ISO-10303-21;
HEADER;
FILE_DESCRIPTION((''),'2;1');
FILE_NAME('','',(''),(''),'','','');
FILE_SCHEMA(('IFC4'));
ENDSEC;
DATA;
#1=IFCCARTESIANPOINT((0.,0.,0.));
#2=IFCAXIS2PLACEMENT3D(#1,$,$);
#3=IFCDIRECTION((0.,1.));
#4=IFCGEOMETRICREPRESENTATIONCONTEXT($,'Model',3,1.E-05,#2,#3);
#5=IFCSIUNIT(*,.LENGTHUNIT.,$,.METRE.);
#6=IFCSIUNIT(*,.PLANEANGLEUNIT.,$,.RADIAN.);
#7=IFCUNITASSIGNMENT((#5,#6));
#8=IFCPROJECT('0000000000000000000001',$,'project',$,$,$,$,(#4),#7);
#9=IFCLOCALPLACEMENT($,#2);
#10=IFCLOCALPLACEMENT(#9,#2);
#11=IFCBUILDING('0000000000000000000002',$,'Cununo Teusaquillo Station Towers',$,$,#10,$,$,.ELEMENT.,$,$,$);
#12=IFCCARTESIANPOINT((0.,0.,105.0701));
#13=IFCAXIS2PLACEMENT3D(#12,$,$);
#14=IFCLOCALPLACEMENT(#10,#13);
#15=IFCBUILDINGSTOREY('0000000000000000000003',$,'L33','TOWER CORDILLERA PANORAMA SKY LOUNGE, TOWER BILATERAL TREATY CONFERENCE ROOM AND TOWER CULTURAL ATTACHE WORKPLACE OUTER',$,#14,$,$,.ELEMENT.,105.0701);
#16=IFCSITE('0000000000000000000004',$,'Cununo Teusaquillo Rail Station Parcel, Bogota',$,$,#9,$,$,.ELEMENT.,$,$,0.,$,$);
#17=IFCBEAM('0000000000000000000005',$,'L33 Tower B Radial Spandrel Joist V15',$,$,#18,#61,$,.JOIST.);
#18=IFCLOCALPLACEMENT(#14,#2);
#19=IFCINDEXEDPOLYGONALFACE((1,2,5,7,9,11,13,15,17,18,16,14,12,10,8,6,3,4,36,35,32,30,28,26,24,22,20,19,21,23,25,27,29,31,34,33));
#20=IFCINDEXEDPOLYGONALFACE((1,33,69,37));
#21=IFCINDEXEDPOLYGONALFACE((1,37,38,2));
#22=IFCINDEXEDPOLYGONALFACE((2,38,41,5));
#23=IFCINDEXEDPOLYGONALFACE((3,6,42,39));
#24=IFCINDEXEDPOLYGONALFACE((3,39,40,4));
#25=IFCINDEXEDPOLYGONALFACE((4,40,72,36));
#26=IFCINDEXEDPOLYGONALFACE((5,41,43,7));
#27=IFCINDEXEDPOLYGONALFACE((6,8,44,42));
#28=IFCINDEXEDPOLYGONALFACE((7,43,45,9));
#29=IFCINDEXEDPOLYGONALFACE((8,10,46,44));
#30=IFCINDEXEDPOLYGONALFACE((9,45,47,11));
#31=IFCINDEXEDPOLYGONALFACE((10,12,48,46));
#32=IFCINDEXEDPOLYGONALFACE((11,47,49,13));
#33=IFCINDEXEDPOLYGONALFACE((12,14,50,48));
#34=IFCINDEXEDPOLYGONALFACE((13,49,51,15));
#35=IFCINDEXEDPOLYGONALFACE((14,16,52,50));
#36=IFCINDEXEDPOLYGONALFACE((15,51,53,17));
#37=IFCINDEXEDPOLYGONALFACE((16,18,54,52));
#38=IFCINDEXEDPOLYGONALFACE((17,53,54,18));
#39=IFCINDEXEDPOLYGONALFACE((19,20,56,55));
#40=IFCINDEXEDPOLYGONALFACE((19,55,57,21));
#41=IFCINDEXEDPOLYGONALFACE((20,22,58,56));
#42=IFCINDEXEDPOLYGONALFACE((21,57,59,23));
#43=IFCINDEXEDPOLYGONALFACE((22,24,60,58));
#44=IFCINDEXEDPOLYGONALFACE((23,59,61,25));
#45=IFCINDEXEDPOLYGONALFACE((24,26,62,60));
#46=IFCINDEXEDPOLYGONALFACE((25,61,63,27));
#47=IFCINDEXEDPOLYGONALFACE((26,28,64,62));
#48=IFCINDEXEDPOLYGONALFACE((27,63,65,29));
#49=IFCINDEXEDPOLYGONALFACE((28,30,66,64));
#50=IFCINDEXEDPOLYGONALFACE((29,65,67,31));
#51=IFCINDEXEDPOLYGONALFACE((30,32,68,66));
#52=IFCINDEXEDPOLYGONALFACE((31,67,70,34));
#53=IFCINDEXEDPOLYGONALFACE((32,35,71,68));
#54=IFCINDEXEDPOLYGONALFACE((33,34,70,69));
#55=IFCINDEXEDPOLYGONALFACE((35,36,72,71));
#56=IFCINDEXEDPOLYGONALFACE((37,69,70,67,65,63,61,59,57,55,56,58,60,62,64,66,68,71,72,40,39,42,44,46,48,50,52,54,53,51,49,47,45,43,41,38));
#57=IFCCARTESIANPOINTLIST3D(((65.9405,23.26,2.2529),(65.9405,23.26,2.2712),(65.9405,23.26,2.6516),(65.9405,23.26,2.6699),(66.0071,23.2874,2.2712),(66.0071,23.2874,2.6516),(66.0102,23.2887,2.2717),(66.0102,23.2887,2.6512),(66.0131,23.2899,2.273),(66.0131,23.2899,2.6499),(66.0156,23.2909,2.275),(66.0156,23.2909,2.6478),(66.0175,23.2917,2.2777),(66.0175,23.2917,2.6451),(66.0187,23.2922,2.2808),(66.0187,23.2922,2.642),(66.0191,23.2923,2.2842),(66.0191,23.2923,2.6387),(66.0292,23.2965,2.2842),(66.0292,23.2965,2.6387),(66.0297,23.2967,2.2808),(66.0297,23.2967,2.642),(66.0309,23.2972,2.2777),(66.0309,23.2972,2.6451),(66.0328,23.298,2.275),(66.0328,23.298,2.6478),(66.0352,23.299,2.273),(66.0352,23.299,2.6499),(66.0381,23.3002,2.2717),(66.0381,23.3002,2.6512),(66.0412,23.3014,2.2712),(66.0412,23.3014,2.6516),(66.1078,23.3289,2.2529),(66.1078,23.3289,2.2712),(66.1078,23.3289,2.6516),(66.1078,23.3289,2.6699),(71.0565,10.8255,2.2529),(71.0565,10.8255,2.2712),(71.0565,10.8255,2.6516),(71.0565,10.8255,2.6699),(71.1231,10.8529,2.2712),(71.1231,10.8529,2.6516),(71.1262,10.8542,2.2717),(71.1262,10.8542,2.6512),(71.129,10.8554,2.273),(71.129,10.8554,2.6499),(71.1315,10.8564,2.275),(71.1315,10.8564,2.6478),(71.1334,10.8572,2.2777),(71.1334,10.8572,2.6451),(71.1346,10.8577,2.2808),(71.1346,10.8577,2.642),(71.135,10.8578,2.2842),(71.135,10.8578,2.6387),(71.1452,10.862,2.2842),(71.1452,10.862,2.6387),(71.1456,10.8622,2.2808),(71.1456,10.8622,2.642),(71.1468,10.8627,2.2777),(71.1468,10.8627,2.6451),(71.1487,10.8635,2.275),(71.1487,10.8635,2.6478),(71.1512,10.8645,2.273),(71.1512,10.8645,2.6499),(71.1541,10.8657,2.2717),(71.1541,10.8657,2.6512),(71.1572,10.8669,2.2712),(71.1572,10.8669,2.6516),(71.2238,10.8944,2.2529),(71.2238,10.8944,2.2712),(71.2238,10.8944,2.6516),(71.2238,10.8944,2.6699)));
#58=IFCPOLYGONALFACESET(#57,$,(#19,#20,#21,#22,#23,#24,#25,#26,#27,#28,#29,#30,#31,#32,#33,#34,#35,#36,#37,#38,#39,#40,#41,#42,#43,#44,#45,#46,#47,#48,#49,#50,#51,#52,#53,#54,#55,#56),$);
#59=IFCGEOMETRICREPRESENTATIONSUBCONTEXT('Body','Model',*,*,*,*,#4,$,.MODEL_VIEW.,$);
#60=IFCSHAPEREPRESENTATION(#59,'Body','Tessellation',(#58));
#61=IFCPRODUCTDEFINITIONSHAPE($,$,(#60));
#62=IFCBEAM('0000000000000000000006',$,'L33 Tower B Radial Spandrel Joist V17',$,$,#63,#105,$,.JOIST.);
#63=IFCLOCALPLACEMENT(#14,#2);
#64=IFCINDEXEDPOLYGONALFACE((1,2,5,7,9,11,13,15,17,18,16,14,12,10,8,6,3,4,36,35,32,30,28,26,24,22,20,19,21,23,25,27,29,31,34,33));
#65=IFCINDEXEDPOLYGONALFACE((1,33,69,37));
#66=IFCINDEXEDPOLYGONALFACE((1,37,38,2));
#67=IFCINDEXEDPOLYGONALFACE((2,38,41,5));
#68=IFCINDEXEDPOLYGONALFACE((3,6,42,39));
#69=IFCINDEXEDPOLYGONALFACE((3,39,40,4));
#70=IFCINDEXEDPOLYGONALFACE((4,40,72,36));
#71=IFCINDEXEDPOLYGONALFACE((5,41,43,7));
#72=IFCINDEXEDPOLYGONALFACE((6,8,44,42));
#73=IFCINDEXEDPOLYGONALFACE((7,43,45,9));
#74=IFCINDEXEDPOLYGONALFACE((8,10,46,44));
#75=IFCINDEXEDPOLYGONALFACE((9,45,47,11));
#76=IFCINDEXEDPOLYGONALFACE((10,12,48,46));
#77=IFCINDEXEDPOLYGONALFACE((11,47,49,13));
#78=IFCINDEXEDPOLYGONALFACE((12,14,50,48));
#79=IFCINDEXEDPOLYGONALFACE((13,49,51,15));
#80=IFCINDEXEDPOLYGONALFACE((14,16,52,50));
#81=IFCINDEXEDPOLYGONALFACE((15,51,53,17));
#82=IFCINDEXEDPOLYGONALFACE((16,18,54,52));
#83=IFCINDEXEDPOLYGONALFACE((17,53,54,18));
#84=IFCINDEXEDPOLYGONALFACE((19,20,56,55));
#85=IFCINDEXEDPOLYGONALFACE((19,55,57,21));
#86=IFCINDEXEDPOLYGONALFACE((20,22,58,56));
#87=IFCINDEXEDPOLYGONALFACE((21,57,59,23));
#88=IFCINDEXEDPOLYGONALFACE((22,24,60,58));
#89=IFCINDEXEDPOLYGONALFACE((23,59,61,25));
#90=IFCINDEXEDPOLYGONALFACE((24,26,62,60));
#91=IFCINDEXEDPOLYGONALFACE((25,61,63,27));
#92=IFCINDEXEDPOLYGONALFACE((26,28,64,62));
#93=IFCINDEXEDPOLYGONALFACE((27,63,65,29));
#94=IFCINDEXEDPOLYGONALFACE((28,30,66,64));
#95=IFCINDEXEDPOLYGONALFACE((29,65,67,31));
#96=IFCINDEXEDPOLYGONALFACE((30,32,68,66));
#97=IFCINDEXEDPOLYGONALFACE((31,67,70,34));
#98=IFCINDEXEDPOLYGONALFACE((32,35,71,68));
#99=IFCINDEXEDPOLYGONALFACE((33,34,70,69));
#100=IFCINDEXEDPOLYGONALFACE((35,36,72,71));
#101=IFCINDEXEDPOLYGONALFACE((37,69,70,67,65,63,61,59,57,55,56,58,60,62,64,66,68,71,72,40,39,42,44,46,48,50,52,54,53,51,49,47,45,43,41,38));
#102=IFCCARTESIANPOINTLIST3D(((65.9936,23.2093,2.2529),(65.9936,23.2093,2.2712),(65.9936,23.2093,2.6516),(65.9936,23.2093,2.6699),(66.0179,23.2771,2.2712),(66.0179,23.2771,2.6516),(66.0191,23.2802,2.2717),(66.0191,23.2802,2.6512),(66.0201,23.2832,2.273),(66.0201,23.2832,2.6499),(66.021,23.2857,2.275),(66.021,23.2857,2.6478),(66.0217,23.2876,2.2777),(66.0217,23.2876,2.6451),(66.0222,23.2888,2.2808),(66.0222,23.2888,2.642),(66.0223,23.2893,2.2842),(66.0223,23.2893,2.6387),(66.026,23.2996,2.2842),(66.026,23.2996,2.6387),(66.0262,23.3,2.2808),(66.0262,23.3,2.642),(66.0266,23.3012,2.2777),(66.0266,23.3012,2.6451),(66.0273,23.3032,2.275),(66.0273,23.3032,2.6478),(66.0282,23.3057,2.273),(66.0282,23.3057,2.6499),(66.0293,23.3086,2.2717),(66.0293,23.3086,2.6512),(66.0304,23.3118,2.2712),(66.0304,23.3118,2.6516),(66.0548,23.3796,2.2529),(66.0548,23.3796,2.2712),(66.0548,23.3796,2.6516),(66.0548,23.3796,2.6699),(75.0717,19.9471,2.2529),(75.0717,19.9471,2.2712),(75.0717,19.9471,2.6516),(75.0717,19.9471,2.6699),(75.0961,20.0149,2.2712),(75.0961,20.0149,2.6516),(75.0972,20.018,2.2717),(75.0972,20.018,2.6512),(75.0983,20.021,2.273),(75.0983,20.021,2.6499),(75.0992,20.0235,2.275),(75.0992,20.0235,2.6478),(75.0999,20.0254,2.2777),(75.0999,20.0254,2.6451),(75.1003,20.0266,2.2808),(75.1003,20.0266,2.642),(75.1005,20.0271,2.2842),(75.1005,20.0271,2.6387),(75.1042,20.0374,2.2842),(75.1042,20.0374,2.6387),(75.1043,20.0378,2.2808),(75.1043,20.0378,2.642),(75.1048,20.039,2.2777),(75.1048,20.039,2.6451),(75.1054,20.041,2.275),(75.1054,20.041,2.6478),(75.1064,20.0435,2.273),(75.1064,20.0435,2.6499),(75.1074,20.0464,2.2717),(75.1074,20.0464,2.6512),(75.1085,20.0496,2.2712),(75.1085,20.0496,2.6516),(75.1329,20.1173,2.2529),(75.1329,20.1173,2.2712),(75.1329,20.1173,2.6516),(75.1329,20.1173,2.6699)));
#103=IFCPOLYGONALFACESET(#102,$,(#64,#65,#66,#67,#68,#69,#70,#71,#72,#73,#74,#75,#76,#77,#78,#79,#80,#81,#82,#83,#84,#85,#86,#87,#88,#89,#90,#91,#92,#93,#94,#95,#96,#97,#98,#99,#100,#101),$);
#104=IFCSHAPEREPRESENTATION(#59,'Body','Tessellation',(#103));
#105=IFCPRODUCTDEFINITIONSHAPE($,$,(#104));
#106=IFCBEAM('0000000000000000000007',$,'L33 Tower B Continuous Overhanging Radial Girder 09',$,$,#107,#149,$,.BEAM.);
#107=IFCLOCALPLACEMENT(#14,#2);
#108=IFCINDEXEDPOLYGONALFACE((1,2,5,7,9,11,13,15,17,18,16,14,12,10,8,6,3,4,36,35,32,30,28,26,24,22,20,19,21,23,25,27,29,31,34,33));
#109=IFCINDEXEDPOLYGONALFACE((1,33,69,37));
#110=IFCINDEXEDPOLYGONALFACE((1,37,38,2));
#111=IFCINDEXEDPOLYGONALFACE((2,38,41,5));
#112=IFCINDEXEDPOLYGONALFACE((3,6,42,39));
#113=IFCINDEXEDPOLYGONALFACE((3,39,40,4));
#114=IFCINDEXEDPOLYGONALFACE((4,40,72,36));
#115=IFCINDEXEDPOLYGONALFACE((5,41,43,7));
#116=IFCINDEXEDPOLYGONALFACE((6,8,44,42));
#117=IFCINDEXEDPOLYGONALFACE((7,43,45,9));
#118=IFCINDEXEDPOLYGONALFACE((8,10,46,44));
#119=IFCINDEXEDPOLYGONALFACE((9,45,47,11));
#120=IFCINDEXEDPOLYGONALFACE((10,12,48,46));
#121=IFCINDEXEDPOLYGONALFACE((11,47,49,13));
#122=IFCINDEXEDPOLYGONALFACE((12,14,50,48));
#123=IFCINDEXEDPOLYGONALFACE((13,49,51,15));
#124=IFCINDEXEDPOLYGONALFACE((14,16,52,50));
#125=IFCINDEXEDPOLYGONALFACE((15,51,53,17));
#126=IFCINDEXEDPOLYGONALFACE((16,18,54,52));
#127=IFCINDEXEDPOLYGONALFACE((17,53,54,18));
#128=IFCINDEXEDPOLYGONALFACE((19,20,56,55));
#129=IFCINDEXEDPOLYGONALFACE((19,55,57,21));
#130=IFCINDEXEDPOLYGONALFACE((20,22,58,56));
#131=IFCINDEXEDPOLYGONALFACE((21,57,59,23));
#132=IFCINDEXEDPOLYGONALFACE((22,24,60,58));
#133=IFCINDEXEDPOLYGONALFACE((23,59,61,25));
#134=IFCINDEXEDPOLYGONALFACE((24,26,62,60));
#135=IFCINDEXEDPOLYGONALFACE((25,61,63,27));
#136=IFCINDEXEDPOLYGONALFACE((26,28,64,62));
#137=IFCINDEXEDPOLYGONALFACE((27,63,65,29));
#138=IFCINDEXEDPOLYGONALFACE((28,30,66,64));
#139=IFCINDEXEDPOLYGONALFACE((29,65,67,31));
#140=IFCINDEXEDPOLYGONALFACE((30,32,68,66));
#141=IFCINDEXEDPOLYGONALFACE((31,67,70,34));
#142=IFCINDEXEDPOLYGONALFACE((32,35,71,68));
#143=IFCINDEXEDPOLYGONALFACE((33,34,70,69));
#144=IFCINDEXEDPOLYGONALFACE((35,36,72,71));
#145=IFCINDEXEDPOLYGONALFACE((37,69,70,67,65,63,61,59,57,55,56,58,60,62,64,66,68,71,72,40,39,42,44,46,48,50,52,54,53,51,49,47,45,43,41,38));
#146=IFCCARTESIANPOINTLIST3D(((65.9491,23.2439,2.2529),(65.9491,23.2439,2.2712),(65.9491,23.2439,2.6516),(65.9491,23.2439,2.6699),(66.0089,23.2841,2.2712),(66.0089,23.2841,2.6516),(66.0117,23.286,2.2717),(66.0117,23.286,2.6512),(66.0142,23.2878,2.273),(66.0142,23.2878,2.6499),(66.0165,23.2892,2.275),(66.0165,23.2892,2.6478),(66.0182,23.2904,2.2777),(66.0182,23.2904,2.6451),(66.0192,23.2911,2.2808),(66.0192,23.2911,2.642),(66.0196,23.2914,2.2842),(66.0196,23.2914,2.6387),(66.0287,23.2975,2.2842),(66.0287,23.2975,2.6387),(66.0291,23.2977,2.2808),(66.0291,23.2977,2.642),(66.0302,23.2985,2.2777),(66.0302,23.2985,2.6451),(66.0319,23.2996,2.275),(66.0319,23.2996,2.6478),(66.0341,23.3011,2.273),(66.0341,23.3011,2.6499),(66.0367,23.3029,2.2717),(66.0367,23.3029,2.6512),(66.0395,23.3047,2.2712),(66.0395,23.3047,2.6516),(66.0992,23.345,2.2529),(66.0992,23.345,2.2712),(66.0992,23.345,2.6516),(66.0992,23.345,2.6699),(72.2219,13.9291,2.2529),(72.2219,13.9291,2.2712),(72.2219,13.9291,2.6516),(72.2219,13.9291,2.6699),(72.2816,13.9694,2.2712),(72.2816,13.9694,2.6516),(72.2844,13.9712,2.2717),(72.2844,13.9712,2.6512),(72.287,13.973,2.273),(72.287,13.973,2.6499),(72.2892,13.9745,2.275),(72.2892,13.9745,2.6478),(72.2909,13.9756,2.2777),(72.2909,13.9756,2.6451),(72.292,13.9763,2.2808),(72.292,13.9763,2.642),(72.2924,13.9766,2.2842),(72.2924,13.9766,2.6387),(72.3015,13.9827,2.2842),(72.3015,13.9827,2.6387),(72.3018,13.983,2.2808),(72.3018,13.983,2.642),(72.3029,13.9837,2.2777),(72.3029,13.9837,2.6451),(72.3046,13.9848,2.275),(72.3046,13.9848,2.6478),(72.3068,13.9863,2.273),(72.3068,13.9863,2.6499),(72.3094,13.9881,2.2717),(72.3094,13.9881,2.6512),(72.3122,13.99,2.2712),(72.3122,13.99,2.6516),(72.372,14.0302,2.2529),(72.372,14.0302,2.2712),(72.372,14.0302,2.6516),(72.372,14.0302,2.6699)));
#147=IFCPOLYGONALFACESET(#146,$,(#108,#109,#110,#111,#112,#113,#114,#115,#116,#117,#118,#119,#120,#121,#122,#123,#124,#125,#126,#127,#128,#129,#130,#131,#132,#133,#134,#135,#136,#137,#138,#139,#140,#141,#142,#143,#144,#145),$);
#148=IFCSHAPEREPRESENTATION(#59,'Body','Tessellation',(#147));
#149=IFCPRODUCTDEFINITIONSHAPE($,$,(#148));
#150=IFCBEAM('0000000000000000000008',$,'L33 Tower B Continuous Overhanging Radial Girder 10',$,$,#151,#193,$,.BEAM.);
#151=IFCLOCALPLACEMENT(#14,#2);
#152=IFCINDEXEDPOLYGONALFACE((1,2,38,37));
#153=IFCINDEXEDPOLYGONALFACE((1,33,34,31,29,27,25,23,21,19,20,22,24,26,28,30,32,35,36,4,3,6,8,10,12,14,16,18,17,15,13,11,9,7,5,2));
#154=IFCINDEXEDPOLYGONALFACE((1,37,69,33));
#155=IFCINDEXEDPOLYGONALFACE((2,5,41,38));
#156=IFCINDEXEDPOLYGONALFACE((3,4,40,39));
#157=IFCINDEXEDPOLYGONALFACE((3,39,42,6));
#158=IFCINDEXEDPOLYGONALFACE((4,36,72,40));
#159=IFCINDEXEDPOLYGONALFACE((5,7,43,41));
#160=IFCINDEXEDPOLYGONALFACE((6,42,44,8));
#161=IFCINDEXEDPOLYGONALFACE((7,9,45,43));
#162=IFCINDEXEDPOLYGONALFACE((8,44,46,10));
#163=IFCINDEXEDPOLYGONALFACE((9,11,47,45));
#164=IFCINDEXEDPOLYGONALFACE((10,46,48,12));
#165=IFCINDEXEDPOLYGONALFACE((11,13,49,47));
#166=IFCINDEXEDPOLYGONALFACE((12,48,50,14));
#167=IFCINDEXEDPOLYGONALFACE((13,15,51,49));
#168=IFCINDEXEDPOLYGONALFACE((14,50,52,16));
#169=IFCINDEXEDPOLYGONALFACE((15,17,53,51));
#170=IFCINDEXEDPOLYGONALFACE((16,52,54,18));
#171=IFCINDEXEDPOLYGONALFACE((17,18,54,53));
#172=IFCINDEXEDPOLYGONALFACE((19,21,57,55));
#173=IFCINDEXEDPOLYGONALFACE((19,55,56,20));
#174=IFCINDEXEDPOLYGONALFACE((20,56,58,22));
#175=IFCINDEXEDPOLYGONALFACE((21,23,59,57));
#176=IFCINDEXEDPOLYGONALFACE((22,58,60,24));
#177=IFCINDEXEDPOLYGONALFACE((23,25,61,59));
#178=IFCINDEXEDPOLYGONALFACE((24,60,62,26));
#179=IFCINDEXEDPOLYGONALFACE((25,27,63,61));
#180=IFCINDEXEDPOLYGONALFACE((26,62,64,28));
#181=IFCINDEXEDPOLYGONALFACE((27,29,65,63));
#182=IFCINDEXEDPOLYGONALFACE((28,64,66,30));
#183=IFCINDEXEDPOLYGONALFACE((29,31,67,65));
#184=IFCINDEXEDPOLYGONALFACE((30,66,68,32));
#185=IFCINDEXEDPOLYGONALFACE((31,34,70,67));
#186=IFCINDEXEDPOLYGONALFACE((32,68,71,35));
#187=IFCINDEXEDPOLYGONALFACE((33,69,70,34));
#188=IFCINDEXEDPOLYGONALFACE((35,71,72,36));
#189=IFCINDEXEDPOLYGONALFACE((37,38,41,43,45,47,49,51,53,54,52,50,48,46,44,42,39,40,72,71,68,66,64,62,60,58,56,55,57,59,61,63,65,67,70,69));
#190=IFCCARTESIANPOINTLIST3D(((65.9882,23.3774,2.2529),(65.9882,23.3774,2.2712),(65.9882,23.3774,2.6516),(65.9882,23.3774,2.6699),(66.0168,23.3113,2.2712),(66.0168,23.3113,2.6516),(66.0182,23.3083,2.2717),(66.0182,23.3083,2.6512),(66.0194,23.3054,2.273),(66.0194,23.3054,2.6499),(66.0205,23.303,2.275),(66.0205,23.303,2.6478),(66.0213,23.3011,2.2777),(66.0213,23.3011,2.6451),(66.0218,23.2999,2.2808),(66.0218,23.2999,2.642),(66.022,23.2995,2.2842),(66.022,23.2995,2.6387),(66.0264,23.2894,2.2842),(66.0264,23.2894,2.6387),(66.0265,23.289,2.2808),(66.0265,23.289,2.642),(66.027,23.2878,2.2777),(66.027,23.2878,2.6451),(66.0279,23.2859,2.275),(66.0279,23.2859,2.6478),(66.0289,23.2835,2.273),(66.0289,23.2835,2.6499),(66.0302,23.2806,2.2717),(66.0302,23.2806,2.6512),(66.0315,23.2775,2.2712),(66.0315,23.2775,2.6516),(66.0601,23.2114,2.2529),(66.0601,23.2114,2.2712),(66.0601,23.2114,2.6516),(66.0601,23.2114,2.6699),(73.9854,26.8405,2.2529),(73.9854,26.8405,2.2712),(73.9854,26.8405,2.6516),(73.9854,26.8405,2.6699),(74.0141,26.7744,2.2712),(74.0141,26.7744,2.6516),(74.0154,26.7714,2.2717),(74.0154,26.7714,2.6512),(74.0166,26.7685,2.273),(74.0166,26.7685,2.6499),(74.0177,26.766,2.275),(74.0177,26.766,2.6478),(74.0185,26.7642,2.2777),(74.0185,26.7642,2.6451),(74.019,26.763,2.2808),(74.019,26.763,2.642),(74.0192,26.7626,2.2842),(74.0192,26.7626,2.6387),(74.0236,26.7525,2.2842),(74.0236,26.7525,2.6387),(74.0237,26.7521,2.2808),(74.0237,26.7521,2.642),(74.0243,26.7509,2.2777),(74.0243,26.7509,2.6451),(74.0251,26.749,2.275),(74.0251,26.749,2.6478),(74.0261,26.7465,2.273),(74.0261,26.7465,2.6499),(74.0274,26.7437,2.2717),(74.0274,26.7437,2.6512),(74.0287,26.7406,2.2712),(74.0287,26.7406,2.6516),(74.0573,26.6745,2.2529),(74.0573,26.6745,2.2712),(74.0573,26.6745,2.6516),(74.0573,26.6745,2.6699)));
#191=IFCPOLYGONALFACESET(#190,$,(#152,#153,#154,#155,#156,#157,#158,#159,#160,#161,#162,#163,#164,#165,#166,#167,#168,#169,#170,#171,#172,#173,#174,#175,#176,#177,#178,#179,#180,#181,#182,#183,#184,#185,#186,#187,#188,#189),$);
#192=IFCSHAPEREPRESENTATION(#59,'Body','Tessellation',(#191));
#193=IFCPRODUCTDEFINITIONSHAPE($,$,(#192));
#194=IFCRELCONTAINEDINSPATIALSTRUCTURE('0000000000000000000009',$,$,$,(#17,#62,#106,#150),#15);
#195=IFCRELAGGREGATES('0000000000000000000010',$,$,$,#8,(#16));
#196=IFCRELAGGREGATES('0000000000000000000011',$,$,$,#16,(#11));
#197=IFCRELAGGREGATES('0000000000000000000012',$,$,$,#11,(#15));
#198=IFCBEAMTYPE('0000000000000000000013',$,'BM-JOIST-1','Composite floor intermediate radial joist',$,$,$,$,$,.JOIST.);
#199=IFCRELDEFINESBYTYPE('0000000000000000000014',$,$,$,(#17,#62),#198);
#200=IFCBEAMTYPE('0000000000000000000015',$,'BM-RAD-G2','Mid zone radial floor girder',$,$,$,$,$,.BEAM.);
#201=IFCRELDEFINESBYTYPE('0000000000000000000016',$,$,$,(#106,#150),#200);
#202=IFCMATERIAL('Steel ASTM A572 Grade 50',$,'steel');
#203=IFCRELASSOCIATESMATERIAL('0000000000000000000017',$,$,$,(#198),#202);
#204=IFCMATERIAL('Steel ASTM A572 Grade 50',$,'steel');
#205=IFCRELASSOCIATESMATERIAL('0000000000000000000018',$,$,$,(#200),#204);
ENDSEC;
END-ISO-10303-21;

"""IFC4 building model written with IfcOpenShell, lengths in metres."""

from ifc_helpers import new_model, si_unit, direction, frame, origin, origin_2d, place, context, subcontext, project, spatial, i_section, extrude, material, material_profile, profile_set, type_object, element, save


model = new_model("IFC4")

# Units and contexts
model_context = context("Model", 3, precision=1e-05, world=origin(), true_north=direction((0.0, 1.0)))
body_context = subcontext(model_context, "Body", "Model", "MODEL_VIEW")
ifc_project = project(units=[si_unit("LENGTHUNIT", "METRE"), si_unit("PLANEANGLEUNIT", "RADIAN")], contexts=[model_context])

# Site, building, storey
site_placement = place(None, origin())
site = spatial("IfcSite", under=ifc_project, at=site_placement, Name="Cununo Teusaquillo Rail Station Parcel, Bogota", CompositionType="ELEMENT", RefElevation=0.0)
building_placement = place(site_placement, origin())
building = spatial("IfcBuilding", under=site, at=building_placement, Name="Cununo Teusaquillo Station Towers", CompositionType="ELEMENT")
storey_placement = place(building_placement, frame((0.0, 0.0, 105.0701)))
storey = spatial("IfcBuildingStorey", under=building, at=storey_placement, Name="L33", Description="TOWER CORDILLERA PANORAMA SKY LOUNGE, TOWER BILATERAL TREATY CONFERENCE ROOM AND TOWER CULTURAL ATTACHE WORKPLACE OUTER", CompositionType="ELEMENT", Elevation=105.0701)

# Beams
ifc_material_1 = material(Name="Steel ASTM A572 Grade 50", Category="steel")
ifc_material_profile_1 = material_profile(ifc_material_1, i_section(OverallWidth=0.1809, OverallDepth=0.417, WebThickness=0.011, FlangeThickness=0.0183, FilletRadius=0.0129, at=origin_2d()), Name="W16X57")
ifc_profile_set_1 = profile_set([ifc_material_profile_1], Name="Steel ASTM A572 Grade 50")
beam_type_1 = type_object("IfcBeamType", Name="BM-JOIST-1", Description="Composite floor intermediate radial joist", PredefinedType="JOIST", material=ifc_profile_set_1)
beam_1_placement = place(storey_placement, frame((66.0242, 23.2944, 2.4614), z_axis=(0.380486, -0.924787, 0.0), x_axis=(0.924787, 0.380486, 0.0)))
element("IfcBeam", 1, at=beam_1_placement, inside=storey, type_object=beam_type_1, Name="L33 Tower B Radial Spandrel Joist V15", PredefinedType="JOIST", context=body_context, shape_type="SweptSolid", body=[
    extrude(i_section(OverallWidth=0.1809, OverallDepth=0.417, WebThickness=0.011, FlangeThickness=0.0183, FilletRadius=0.0129, at=origin_2d()), origin(), (0.0, 0.0, 1.0), 13.4458),
])
beam_2_placement = place(storey_placement, frame((66.0242, 23.2944, 2.4614), z_axis=(0.941083, -0.338176, 0.0), x_axis=(0.338176, 0.941083, 0.0)))
element("IfcBeam", 2, at=beam_2_placement, inside=storey, type_object=beam_type_1, Name="L33 Tower B Radial Spandrel Joist V17", PredefinedType="JOIST", context=body_context, shape_type="SweptSolid", body=[
    extrude(i_section(OverallWidth=0.1809, OverallDepth=0.417, WebThickness=0.011, FlangeThickness=0.0183, FilletRadius=0.0129, at=origin_2d()), origin(), (0.0, 0.0, 1.0), 9.6465),
])
ifc_material_2 = material(Name="Steel ASTM A572 Grade 50", Category="steel")
ifc_material_profile_2 = material_profile(ifc_material_2, i_section(OverallWidth=0.1809, OverallDepth=0.417, WebThickness=0.011, FlangeThickness=0.0183, FilletRadius=0.0129, at=origin_2d()), Name="W16X57")
ifc_profile_set_2 = profile_set([ifc_material_profile_2], Name="Steel ASTM A572 Grade 50")
beam_type_2 = type_object("IfcBeamType", Name="BM-RAD-G2", Description="Mid zone radial floor girder", PredefinedType="BEAM", material=ifc_profile_set_2)
beam_3_placement = place(storey_placement, frame((66.0242, 23.2944, 2.4614), z_axis=(0.558572, -0.829456, 0.0), x_axis=(0.829456, 0.558572, 0.0)))
element("IfcBeam", 3, at=beam_3_placement, inside=storey, type_object=beam_type_2, Name="L33 Tower B Continuous Overhanging Radial Girder 09", PredefinedType="BEAM", context=body_context, shape_type="SweptSolid", body=[
    extrude(i_section(OverallWidth=0.1809, OverallDepth=0.417, WebThickness=0.011, FlangeThickness=0.0183, FilletRadius=0.0129, at=origin_2d()), origin(), (0.0, 0.0, 1.0), 11.23),
])
beam_4_placement = place(storey_placement, frame((66.0242, 23.2944, 2.4614), z_axis=(0.917655, 0.397379, 0.0), x_axis=(-0.397379, 0.917655, 0.0)))
element("IfcBeam", 4, at=beam_4_placement, inside=storey, type_object=beam_type_2, Name="L33 Tower B Continuous Overhanging Radial Girder 10", PredefinedType="BEAM", context=body_context, shape_type="SweptSolid", body=[
    extrude(i_section(OverallWidth=0.1809, OverallDepth=0.417, WebThickness=0.011, FlangeThickness=0.0183, FilletRadius=0.0129, at=origin_2d()), origin(), (0.0, 0.0, 1.0), 8.7148),
])

save(model, "model.ifc")
